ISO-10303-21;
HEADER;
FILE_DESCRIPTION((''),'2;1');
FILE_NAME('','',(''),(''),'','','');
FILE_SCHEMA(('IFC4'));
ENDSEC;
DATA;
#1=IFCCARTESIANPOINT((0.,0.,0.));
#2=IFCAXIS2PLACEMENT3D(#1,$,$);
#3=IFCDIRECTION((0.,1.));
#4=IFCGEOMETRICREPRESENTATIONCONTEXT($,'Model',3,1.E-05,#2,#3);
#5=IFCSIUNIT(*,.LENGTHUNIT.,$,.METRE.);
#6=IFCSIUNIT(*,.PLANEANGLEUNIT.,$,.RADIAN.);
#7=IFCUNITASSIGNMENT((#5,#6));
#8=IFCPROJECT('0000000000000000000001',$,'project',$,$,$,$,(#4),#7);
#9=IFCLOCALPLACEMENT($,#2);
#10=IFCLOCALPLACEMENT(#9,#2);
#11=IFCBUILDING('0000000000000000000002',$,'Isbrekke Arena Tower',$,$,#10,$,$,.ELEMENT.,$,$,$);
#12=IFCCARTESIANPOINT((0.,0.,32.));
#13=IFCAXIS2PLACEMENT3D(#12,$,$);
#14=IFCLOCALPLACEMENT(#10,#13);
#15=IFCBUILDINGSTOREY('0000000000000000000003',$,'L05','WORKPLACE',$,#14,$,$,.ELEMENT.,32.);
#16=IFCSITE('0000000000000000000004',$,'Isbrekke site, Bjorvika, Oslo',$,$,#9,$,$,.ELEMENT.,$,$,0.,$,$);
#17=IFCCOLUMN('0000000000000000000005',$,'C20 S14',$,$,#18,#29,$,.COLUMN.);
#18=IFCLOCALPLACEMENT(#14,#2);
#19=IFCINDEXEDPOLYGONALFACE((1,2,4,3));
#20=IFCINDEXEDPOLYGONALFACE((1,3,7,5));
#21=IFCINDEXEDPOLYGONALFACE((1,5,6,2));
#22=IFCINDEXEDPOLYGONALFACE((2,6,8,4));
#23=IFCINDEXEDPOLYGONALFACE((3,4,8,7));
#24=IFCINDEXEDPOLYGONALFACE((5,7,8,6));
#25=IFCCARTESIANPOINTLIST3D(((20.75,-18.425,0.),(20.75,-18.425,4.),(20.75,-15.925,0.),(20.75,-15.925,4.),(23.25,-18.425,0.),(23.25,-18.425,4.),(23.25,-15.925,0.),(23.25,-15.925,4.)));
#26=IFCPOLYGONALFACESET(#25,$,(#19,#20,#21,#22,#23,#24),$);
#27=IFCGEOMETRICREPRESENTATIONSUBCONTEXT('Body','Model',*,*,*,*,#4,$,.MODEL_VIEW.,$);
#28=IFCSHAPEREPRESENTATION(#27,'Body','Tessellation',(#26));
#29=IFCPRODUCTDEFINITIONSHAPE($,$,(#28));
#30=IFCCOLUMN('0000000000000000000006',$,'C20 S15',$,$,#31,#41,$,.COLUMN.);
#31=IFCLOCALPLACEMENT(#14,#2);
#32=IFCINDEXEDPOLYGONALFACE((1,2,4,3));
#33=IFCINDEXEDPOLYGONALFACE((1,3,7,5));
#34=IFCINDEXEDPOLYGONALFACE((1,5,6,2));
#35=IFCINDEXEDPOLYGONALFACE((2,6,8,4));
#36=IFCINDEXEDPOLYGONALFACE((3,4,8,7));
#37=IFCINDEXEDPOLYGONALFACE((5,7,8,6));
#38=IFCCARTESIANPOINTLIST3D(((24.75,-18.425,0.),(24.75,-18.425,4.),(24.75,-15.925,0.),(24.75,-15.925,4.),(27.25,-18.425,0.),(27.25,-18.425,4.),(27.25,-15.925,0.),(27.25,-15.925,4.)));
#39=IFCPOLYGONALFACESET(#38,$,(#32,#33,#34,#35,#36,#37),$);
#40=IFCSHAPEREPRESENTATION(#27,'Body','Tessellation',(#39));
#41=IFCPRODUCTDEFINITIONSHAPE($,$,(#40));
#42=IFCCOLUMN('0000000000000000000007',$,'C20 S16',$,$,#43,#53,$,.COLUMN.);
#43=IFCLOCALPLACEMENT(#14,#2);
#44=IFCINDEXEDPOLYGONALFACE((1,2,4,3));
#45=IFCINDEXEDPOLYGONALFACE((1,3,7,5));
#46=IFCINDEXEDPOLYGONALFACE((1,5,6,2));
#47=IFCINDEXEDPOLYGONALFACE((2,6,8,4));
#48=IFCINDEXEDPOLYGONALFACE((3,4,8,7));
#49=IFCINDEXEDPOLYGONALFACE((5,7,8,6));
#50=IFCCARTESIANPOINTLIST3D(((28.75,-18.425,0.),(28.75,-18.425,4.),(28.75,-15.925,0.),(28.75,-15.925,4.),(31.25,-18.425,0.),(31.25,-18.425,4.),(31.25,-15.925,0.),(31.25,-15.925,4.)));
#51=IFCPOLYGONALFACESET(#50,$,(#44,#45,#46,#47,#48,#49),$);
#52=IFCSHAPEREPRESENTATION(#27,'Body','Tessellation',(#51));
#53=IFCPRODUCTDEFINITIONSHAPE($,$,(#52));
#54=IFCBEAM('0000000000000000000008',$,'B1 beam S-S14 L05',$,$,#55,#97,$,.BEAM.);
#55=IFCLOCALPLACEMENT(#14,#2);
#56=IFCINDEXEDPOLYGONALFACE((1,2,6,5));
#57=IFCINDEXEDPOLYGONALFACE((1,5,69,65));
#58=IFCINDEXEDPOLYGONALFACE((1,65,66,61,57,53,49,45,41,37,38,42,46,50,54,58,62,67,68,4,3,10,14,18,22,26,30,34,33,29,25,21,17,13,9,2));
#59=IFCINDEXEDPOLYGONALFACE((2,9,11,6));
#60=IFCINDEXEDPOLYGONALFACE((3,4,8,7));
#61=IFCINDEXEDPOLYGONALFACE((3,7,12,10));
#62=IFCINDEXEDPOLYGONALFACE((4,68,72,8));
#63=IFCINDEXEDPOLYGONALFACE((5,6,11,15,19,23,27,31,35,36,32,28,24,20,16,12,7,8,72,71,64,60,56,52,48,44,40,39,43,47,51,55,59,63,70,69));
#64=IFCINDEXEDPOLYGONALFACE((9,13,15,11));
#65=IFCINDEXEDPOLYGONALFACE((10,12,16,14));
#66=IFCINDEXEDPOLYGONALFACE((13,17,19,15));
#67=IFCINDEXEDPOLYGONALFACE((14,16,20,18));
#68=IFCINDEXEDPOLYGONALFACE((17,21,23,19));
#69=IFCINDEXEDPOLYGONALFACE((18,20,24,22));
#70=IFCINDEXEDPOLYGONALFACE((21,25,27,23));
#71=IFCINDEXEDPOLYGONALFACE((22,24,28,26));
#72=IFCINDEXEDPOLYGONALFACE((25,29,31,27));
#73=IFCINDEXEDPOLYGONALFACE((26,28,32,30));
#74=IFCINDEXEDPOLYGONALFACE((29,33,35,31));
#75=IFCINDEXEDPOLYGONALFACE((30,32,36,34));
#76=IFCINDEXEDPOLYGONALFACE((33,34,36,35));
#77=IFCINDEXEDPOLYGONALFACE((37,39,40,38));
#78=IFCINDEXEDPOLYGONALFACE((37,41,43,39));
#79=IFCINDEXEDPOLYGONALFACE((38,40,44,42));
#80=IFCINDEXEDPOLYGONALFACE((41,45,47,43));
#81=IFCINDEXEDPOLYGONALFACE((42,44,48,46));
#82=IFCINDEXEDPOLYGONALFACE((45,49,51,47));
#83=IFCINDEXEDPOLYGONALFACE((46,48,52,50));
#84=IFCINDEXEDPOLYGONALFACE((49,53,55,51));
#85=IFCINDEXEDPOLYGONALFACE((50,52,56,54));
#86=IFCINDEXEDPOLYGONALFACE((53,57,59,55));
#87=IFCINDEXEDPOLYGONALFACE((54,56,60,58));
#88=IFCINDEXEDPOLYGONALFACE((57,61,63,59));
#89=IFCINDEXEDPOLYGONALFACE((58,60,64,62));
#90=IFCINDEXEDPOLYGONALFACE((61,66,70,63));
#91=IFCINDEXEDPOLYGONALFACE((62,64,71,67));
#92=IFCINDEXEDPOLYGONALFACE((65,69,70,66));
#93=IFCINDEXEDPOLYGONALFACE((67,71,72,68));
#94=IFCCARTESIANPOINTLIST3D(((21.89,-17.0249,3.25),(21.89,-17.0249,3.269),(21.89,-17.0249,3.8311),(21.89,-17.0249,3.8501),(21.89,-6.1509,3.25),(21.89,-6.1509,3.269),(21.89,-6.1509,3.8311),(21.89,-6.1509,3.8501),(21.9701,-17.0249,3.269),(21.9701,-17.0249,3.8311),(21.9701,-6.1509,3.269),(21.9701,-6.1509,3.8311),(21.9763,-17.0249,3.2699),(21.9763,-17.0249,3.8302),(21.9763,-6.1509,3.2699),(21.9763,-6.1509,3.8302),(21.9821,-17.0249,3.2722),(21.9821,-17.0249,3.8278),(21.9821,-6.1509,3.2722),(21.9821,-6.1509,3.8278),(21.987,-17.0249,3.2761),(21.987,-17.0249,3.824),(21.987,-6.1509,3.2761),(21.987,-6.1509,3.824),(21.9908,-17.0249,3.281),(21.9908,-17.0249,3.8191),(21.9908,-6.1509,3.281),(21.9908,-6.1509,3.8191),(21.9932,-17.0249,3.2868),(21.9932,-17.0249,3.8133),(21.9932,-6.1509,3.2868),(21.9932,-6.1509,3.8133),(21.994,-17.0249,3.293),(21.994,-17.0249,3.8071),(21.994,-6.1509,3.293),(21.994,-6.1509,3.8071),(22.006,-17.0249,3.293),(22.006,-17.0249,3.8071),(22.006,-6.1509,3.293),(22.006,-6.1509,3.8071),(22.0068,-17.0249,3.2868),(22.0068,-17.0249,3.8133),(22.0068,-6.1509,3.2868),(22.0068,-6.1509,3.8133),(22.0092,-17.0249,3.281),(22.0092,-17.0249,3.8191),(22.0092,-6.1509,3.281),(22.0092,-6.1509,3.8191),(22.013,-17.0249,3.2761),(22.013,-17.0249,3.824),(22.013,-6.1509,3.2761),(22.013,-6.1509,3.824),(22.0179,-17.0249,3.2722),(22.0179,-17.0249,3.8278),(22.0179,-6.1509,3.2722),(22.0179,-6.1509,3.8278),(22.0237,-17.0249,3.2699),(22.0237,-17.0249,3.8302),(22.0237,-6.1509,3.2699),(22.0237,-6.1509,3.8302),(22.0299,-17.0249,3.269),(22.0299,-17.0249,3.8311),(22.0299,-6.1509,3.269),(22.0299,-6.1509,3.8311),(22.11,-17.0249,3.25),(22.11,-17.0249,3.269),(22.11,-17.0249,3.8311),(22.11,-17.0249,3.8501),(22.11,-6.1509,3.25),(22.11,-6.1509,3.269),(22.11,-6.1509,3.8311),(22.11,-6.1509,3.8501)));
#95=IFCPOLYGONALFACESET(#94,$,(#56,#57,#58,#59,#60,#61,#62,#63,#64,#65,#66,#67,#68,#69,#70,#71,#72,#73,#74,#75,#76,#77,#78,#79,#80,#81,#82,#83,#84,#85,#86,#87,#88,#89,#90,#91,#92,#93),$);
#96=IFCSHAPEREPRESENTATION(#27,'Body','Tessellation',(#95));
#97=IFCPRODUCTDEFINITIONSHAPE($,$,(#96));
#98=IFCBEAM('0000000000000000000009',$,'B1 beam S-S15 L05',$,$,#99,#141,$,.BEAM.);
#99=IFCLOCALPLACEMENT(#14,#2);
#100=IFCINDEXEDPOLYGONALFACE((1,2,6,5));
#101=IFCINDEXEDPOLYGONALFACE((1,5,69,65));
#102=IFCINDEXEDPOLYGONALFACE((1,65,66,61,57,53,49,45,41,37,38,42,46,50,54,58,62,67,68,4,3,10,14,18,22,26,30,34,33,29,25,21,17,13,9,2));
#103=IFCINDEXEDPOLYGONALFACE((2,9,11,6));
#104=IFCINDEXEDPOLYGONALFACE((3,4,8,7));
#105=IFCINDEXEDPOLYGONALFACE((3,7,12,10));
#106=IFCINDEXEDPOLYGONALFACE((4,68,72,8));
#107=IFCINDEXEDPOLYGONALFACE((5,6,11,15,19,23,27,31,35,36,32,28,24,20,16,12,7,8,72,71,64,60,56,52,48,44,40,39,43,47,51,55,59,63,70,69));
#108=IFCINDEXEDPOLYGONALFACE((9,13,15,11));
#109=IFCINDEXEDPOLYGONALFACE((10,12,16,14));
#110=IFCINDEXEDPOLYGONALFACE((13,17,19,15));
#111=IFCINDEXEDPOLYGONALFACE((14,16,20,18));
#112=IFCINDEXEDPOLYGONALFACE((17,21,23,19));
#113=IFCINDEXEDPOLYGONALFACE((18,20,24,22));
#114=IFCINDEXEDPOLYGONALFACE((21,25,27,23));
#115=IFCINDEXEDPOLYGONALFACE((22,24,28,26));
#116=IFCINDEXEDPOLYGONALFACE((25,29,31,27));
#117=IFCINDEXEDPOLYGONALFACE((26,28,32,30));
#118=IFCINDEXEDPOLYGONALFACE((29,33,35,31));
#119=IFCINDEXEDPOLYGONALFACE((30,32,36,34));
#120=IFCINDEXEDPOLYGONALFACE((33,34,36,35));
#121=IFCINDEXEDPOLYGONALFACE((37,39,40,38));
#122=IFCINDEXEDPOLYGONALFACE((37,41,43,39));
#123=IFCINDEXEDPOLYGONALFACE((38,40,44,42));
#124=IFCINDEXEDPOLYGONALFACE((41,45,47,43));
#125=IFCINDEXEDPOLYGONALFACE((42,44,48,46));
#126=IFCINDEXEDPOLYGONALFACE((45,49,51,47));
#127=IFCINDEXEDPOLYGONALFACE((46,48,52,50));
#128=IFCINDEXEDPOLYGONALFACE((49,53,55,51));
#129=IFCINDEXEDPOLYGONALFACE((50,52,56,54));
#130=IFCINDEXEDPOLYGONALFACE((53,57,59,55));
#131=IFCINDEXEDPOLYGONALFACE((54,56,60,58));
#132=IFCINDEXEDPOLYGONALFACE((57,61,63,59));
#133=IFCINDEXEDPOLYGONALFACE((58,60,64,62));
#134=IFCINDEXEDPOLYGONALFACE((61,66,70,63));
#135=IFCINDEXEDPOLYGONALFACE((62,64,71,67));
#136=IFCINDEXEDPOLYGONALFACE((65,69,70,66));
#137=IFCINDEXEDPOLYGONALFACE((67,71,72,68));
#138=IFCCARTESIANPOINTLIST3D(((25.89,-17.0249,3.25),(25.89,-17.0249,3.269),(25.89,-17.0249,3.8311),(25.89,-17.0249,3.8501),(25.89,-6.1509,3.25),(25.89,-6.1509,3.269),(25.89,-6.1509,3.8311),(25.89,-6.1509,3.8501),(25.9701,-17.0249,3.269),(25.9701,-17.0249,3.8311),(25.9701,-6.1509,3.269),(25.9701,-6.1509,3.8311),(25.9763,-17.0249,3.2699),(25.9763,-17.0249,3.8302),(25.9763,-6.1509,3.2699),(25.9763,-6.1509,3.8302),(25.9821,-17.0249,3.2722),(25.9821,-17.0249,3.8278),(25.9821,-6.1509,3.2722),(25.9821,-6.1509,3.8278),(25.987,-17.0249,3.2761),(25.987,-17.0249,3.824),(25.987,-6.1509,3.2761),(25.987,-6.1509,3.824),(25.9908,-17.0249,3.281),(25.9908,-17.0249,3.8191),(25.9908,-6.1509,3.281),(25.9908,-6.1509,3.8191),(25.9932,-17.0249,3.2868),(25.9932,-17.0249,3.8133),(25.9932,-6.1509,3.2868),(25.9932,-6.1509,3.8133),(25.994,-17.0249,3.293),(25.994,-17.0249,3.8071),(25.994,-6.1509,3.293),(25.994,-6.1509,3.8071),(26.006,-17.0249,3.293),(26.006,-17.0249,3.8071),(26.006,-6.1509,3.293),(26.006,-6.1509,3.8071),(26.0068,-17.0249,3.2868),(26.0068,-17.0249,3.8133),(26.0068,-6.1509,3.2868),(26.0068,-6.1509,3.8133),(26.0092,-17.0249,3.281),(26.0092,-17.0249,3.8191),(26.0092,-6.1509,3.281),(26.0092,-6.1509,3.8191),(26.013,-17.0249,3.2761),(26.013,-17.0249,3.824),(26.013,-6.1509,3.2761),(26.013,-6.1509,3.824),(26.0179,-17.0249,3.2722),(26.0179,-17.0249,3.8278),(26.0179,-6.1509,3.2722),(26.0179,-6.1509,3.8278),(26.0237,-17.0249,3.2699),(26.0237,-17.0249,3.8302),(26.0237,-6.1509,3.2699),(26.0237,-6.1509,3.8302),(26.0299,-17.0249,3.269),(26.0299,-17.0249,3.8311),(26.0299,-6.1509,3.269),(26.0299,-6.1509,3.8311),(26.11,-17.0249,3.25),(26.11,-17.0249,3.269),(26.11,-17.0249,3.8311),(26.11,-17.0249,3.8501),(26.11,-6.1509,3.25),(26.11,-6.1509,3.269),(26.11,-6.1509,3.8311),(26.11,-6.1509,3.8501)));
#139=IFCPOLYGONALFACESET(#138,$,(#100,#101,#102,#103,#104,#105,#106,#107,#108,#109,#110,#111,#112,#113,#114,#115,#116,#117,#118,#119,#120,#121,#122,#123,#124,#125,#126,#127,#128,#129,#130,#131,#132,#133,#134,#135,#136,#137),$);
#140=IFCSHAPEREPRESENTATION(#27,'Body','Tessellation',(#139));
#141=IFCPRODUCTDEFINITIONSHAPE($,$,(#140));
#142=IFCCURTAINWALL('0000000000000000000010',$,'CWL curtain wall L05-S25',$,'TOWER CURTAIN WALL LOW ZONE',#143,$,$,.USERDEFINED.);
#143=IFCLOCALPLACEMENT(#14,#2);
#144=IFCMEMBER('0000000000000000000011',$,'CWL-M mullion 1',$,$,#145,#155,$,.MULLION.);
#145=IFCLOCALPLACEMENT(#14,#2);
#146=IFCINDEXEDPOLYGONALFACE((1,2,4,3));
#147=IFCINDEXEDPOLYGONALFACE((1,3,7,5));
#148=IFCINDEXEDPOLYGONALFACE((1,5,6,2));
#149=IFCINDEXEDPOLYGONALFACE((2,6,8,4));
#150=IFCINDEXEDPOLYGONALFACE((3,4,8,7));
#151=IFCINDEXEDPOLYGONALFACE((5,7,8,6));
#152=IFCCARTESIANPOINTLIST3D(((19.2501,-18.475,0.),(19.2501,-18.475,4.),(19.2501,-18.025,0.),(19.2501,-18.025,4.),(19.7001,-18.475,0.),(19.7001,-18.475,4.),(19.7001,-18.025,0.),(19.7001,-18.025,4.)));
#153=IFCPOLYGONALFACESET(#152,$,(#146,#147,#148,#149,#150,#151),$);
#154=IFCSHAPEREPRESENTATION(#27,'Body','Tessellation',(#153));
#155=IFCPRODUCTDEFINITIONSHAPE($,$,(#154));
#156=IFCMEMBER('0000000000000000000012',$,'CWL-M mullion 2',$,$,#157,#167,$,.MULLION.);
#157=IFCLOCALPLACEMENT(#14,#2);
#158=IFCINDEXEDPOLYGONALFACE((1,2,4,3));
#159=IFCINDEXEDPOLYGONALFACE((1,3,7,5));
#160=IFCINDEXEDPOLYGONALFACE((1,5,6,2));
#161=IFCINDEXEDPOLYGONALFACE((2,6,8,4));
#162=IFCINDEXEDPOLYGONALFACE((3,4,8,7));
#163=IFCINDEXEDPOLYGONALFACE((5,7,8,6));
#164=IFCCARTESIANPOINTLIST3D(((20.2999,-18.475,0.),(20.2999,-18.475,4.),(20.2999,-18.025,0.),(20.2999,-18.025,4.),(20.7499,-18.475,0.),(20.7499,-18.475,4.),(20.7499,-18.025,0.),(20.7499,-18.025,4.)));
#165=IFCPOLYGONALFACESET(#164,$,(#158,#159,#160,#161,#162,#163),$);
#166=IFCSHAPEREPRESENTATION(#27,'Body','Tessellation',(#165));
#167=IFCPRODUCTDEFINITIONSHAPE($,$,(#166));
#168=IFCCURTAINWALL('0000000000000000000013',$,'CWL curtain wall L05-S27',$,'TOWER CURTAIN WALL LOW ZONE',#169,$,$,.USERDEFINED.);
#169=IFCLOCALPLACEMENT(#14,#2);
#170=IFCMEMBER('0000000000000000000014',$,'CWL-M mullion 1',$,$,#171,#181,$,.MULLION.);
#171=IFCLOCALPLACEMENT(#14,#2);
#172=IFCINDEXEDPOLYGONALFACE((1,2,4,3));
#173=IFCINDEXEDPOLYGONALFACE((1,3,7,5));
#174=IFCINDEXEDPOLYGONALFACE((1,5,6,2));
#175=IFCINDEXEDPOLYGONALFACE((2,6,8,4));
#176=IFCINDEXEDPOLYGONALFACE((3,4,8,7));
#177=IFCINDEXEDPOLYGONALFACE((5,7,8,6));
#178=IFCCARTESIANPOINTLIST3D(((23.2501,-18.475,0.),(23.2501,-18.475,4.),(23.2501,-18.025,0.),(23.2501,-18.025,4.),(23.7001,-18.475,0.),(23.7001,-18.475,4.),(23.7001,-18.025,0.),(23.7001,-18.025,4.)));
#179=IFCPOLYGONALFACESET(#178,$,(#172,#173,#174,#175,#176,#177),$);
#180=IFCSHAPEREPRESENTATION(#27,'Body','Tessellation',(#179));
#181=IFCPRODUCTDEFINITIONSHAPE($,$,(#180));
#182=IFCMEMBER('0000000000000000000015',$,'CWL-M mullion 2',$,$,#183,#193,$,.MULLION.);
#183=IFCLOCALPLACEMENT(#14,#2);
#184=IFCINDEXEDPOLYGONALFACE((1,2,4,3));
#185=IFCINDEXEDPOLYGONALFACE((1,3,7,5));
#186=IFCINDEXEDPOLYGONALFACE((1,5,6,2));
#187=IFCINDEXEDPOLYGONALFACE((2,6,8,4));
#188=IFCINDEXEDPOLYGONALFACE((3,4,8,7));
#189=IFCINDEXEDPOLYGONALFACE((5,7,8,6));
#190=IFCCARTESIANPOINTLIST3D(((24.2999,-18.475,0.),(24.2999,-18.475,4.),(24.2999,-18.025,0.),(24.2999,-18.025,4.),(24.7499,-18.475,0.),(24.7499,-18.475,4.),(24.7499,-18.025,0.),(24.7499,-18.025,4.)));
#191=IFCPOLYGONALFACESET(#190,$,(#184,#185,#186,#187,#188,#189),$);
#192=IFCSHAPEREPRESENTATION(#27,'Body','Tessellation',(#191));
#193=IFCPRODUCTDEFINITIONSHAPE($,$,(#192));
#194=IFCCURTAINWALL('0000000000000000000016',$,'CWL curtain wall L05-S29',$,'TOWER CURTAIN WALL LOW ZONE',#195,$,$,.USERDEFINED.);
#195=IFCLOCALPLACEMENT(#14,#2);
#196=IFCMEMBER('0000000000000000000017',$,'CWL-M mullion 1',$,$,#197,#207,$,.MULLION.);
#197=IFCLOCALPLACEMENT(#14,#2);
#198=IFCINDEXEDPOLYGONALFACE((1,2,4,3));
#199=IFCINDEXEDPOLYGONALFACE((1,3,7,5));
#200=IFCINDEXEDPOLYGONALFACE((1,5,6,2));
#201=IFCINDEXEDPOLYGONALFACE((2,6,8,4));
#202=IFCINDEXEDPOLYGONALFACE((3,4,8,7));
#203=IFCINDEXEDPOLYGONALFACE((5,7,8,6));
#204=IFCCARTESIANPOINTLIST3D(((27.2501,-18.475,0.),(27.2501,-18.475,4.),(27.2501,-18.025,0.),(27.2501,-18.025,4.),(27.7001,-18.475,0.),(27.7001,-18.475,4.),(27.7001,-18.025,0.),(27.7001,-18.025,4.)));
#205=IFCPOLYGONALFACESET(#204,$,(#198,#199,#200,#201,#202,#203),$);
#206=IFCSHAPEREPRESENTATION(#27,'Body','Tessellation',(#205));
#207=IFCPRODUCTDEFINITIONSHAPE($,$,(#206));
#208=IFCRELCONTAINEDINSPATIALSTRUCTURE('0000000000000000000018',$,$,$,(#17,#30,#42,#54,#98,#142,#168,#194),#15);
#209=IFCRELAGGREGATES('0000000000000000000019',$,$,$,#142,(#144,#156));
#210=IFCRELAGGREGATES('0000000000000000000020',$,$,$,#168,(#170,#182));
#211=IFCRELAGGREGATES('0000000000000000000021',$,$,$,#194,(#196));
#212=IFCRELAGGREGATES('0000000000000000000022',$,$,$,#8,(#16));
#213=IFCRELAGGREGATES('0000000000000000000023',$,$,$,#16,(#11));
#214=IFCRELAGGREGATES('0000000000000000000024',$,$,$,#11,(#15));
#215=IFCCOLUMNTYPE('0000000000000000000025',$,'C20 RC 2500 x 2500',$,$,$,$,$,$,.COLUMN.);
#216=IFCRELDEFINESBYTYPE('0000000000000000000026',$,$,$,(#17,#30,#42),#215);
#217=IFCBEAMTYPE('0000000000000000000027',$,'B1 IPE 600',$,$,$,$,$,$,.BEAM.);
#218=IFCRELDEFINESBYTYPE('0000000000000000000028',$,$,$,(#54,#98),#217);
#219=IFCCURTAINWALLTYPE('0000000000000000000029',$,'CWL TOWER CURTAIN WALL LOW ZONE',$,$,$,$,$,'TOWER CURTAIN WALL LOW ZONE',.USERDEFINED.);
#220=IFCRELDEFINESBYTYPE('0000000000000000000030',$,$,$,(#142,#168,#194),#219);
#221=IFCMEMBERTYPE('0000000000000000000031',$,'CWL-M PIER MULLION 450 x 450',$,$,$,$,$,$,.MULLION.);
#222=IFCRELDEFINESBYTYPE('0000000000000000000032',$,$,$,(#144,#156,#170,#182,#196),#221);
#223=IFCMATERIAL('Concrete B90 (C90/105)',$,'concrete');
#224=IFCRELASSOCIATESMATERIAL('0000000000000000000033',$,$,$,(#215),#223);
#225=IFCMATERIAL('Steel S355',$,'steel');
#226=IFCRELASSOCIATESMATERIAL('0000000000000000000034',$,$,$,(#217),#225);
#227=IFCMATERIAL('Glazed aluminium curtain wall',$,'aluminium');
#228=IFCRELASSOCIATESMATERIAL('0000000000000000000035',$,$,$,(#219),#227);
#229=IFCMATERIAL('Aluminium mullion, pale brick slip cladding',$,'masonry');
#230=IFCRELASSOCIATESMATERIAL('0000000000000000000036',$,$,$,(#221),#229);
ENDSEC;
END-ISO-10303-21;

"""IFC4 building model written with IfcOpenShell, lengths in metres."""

from ifc_helpers import new_model, si_unit, direction, frame, origin, origin_2d, place, context, subcontext, project, spatial, rectangle, i_section, extrude, material, material_profile, profile_set, type_object, element, aggregate, save


model = new_model("IFC4")

# Units and contexts
model_context = context("Model", 3, precision=1e-05, world=origin(), true_north=direction((0.0, 1.0)))
body_context = subcontext(model_context, "Body", "Model", "MODEL_VIEW")
ifc_project = project(units=[si_unit("LENGTHUNIT", "METRE"), si_unit("PLANEANGLEUNIT", "RADIAN")], contexts=[model_context])

# Site, building, storey
site_placement = place(None, origin())
site = spatial("IfcSite", under=ifc_project, at=site_placement, Name="Isbrekke site, Bjorvika, Oslo", CompositionType="ELEMENT", RefElevation=0.0)
building_placement = place(site_placement, origin())
building = spatial("IfcBuilding", under=site, at=building_placement, Name="Isbrekke Arena Tower", CompositionType="ELEMENT")
storey_placement = place(building_placement, frame((0.0, 0.0, 32.0)))
storey = spatial("IfcBuildingStorey", under=building, at=storey_placement, Name="L05", Description="WORKPLACE", CompositionType="ELEMENT", Elevation=32.0)

# Columns
ifc_material_1 = material(Name="Concrete B90 (C90/105)", Category="concrete")
ifc_material_profile_1 = material_profile(ifc_material_1, rectangle(XDim=2.5, YDim=2.5, at=origin_2d()), Name="RC 2500x2500")
ifc_profile_set_1 = profile_set([ifc_material_profile_1], Name="Concrete B90 (C90/105)")
column_type = type_object("IfcColumnType", Name="C20 RC 2500 x 2500", PredefinedType="COLUMN", material=ifc_profile_set_1)
for number, where, z_axis, x_axis, name in (
    (1, (22.0, -17.175, 0.0), (0.0, 0.0, 1.0), (1.0, 0.0, 0.0), "C20 S14"),
    (2, (26.0, -17.175, 0.0), (0.0, 0.0, 1.0), (1.0, 0.0, 0.0), "C20 S15"),
    (3, (30.0, -17.175, 0.0), (0.0, 0.0, 1.0), (1.0, 0.0, 0.0), "C20 S16"),
):
    element("IfcColumn", number, at=place(storey_placement, frame(where, z_axis=z_axis, x_axis=x_axis)), inside=storey, type_object=column_type, Name=name, PredefinedType="COLUMN", context=body_context, shape_type="SweptSolid", body=[
        extrude(rectangle(XDim=2.5, YDim=2.5, at=origin_2d()), origin(), (0.0, 0.0, 1.0), 4.0),
    ])

# Beams
ifc_material_2 = material(Name="Steel S355", Category="steel")
ifc_material_profile_2 = material_profile(ifc_material_2, i_section(OverallWidth=0.22, OverallDepth=0.6001, WebThickness=0.012, FlangeThickness=0.019, FilletRadius=0.0239, at=origin_2d()), Name="IPE 600")
ifc_profile_set_2 = profile_set([ifc_material_profile_2], Name="Steel S355")
beam_type_1 = type_object("IfcBeamType", Name="B1 IPE 600", PredefinedType="BEAM", material=ifc_profile_set_2)
for number, where, z_axis, x_axis, name in (
    (4, (22.0, -17.0249, 3.55), (0.0, 1.0, 0.0), (-1.0, 0.0, 0.0), "B1 beam S-S14 L05"),
    (5, (26.0, -17.0249, 3.55), (0.0, 1.0, 0.0), (-1.0, 0.0, 0.0), "B1 beam S-S15 L05"),
):
    element("IfcBeam", number, at=place(storey_placement, frame(where, z_axis=z_axis, x_axis=x_axis)), inside=storey, type_object=beam_type_1, Name=name, PredefinedType="BEAM", context=body_context, shape_type="SweptSolid", body=[
        extrude(i_section(OverallWidth=0.22, OverallDepth=0.6001, WebThickness=0.012, FlangeThickness=0.019, FilletRadius=0.0239, at=origin_2d()), origin(), (0.0, 0.0, 1.0), 10.874),
    ])

# Curtain walls, members
ifc_material_3 = material(Name="Glazed aluminium curtain wall", Category="aluminium")
curtain_wall_type = type_object("IfcCurtainWallType", Name="CWL TOWER CURTAIN WALL LOW ZONE", ElementType="TOWER CURTAIN WALL LOW ZONE", PredefinedType="USERDEFINED", material=ifc_material_3)
curtain_wall_1_placement = place(storey_placement, origin())
curtain_wall_1 = element("IfcCurtainWall", 6, at=curtain_wall_1_placement, inside=storey, type_object=curtain_wall_type, Name="CWL curtain wall L05-S25", ObjectType="TOWER CURTAIN WALL LOW ZONE", PredefinedType="USERDEFINED")
ifc_material_4 = material(Name="Aluminium mullion, pale brick slip cladding", Category="masonry")
ifc_material_profile_3 = material_profile(ifc_material_4, rectangle(XDim=0.45, YDim=0.45, at=origin_2d()), Name="PIER 450X450")
ifc_profile_set_3 = profile_set([ifc_material_profile_3], Name="Aluminium mullion, pale brick slip cladding")
member_type_1 = type_object("IfcMemberType", Name="CWL-M PIER MULLION 450 x 450", PredefinedType="MULLION", material=ifc_profile_set_3)
member_1_placement = place(storey_placement, frame((19.4751, -18.25, 0.0), z_axis=(0.0, 0.0, 1.0), x_axis=(1.0, 0.0, 0.0)))
member_1 = element("IfcMember", 7, at=member_1_placement, type_object=member_type_1, Name="CWL-M mullion 1", PredefinedType="MULLION", context=body_context, shape_type="SweptSolid", body=[
    extrude(rectangle(XDim=0.45, YDim=0.45, at=origin_2d()), origin(), (0.0, 0.0, 1.0), 4.0),
])
member_2_placement = place(storey_placement, frame((20.5249, -18.25, 0.0), z_axis=(0.0, 0.0, 1.0), x_axis=(1.0, 0.0, 0.0)))
member_2 = element("IfcMember", 8, at=member_2_placement, type_object=member_type_1, Name="CWL-M mullion 2", PredefinedType="MULLION", context=body_context, shape_type="SweptSolid", body=[
    extrude(rectangle(XDim=0.45, YDim=0.45, at=origin_2d()), origin(), (0.0, 0.0, 1.0), 4.0),
])
curtain_wall_2_placement = place(storey_placement, origin())
curtain_wall_2 = element("IfcCurtainWall", 9, at=curtain_wall_2_placement, inside=storey, type_object=curtain_wall_type, Name="CWL curtain wall L05-S27", ObjectType="TOWER CURTAIN WALL LOW ZONE", PredefinedType="USERDEFINED")
member_3_placement = place(storey_placement, frame((23.4751, -18.25, 0.0), z_axis=(0.0, 0.0, 1.0), x_axis=(1.0, 0.0, 0.0)))
member_3 = element("IfcMember", 10, at=member_3_placement, type_object=member_type_1, Name="CWL-M mullion 1", PredefinedType="MULLION", context=body_context, shape_type="SweptSolid", body=[
    extrude(rectangle(XDim=0.45, YDim=0.45, at=origin_2d()), origin(), (0.0, 0.0, 1.0), 4.0),
])
member_4_placement = place(storey_placement, frame((24.5249, -18.25, 0.0), z_axis=(0.0, 0.0, 1.0), x_axis=(1.0, 0.0, 0.0)))
member_4 = element("IfcMember", 11, at=member_4_placement, type_object=member_type_1, Name="CWL-M mullion 2", PredefinedType="MULLION", context=body_context, shape_type="SweptSolid", body=[
    extrude(rectangle(XDim=0.45, YDim=0.45, at=origin_2d()), origin(), (0.0, 0.0, 1.0), 4.0),
])
curtain_wall_3_placement = place(storey_placement, origin())
curtain_wall_3 = element("IfcCurtainWall", 12, at=curtain_wall_3_placement, inside=storey, type_object=curtain_wall_type, Name="CWL curtain wall L05-S29", ObjectType="TOWER CURTAIN WALL LOW ZONE", PredefinedType="USERDEFINED")
member_5_placement = place(storey_placement, frame((27.4751, -18.25, 0.0), z_axis=(0.0, 0.0, 1.0), x_axis=(1.0, 0.0, 0.0)))
member_5 = element("IfcMember", 13, at=member_5_placement, type_object=member_type_1, Name="CWL-M mullion 1", PredefinedType="MULLION", context=body_context, shape_type="SweptSolid", body=[
    extrude(rectangle(XDim=0.45, YDim=0.45, at=origin_2d()), origin(), (0.0, 0.0, 1.0), 4.0),
])

aggregate(curtain_wall_1, [member_1, member_2])
aggregate(curtain_wall_2, [member_3, member_4])
aggregate(curtain_wall_3, [member_5])

save(model, "model.ifc")
